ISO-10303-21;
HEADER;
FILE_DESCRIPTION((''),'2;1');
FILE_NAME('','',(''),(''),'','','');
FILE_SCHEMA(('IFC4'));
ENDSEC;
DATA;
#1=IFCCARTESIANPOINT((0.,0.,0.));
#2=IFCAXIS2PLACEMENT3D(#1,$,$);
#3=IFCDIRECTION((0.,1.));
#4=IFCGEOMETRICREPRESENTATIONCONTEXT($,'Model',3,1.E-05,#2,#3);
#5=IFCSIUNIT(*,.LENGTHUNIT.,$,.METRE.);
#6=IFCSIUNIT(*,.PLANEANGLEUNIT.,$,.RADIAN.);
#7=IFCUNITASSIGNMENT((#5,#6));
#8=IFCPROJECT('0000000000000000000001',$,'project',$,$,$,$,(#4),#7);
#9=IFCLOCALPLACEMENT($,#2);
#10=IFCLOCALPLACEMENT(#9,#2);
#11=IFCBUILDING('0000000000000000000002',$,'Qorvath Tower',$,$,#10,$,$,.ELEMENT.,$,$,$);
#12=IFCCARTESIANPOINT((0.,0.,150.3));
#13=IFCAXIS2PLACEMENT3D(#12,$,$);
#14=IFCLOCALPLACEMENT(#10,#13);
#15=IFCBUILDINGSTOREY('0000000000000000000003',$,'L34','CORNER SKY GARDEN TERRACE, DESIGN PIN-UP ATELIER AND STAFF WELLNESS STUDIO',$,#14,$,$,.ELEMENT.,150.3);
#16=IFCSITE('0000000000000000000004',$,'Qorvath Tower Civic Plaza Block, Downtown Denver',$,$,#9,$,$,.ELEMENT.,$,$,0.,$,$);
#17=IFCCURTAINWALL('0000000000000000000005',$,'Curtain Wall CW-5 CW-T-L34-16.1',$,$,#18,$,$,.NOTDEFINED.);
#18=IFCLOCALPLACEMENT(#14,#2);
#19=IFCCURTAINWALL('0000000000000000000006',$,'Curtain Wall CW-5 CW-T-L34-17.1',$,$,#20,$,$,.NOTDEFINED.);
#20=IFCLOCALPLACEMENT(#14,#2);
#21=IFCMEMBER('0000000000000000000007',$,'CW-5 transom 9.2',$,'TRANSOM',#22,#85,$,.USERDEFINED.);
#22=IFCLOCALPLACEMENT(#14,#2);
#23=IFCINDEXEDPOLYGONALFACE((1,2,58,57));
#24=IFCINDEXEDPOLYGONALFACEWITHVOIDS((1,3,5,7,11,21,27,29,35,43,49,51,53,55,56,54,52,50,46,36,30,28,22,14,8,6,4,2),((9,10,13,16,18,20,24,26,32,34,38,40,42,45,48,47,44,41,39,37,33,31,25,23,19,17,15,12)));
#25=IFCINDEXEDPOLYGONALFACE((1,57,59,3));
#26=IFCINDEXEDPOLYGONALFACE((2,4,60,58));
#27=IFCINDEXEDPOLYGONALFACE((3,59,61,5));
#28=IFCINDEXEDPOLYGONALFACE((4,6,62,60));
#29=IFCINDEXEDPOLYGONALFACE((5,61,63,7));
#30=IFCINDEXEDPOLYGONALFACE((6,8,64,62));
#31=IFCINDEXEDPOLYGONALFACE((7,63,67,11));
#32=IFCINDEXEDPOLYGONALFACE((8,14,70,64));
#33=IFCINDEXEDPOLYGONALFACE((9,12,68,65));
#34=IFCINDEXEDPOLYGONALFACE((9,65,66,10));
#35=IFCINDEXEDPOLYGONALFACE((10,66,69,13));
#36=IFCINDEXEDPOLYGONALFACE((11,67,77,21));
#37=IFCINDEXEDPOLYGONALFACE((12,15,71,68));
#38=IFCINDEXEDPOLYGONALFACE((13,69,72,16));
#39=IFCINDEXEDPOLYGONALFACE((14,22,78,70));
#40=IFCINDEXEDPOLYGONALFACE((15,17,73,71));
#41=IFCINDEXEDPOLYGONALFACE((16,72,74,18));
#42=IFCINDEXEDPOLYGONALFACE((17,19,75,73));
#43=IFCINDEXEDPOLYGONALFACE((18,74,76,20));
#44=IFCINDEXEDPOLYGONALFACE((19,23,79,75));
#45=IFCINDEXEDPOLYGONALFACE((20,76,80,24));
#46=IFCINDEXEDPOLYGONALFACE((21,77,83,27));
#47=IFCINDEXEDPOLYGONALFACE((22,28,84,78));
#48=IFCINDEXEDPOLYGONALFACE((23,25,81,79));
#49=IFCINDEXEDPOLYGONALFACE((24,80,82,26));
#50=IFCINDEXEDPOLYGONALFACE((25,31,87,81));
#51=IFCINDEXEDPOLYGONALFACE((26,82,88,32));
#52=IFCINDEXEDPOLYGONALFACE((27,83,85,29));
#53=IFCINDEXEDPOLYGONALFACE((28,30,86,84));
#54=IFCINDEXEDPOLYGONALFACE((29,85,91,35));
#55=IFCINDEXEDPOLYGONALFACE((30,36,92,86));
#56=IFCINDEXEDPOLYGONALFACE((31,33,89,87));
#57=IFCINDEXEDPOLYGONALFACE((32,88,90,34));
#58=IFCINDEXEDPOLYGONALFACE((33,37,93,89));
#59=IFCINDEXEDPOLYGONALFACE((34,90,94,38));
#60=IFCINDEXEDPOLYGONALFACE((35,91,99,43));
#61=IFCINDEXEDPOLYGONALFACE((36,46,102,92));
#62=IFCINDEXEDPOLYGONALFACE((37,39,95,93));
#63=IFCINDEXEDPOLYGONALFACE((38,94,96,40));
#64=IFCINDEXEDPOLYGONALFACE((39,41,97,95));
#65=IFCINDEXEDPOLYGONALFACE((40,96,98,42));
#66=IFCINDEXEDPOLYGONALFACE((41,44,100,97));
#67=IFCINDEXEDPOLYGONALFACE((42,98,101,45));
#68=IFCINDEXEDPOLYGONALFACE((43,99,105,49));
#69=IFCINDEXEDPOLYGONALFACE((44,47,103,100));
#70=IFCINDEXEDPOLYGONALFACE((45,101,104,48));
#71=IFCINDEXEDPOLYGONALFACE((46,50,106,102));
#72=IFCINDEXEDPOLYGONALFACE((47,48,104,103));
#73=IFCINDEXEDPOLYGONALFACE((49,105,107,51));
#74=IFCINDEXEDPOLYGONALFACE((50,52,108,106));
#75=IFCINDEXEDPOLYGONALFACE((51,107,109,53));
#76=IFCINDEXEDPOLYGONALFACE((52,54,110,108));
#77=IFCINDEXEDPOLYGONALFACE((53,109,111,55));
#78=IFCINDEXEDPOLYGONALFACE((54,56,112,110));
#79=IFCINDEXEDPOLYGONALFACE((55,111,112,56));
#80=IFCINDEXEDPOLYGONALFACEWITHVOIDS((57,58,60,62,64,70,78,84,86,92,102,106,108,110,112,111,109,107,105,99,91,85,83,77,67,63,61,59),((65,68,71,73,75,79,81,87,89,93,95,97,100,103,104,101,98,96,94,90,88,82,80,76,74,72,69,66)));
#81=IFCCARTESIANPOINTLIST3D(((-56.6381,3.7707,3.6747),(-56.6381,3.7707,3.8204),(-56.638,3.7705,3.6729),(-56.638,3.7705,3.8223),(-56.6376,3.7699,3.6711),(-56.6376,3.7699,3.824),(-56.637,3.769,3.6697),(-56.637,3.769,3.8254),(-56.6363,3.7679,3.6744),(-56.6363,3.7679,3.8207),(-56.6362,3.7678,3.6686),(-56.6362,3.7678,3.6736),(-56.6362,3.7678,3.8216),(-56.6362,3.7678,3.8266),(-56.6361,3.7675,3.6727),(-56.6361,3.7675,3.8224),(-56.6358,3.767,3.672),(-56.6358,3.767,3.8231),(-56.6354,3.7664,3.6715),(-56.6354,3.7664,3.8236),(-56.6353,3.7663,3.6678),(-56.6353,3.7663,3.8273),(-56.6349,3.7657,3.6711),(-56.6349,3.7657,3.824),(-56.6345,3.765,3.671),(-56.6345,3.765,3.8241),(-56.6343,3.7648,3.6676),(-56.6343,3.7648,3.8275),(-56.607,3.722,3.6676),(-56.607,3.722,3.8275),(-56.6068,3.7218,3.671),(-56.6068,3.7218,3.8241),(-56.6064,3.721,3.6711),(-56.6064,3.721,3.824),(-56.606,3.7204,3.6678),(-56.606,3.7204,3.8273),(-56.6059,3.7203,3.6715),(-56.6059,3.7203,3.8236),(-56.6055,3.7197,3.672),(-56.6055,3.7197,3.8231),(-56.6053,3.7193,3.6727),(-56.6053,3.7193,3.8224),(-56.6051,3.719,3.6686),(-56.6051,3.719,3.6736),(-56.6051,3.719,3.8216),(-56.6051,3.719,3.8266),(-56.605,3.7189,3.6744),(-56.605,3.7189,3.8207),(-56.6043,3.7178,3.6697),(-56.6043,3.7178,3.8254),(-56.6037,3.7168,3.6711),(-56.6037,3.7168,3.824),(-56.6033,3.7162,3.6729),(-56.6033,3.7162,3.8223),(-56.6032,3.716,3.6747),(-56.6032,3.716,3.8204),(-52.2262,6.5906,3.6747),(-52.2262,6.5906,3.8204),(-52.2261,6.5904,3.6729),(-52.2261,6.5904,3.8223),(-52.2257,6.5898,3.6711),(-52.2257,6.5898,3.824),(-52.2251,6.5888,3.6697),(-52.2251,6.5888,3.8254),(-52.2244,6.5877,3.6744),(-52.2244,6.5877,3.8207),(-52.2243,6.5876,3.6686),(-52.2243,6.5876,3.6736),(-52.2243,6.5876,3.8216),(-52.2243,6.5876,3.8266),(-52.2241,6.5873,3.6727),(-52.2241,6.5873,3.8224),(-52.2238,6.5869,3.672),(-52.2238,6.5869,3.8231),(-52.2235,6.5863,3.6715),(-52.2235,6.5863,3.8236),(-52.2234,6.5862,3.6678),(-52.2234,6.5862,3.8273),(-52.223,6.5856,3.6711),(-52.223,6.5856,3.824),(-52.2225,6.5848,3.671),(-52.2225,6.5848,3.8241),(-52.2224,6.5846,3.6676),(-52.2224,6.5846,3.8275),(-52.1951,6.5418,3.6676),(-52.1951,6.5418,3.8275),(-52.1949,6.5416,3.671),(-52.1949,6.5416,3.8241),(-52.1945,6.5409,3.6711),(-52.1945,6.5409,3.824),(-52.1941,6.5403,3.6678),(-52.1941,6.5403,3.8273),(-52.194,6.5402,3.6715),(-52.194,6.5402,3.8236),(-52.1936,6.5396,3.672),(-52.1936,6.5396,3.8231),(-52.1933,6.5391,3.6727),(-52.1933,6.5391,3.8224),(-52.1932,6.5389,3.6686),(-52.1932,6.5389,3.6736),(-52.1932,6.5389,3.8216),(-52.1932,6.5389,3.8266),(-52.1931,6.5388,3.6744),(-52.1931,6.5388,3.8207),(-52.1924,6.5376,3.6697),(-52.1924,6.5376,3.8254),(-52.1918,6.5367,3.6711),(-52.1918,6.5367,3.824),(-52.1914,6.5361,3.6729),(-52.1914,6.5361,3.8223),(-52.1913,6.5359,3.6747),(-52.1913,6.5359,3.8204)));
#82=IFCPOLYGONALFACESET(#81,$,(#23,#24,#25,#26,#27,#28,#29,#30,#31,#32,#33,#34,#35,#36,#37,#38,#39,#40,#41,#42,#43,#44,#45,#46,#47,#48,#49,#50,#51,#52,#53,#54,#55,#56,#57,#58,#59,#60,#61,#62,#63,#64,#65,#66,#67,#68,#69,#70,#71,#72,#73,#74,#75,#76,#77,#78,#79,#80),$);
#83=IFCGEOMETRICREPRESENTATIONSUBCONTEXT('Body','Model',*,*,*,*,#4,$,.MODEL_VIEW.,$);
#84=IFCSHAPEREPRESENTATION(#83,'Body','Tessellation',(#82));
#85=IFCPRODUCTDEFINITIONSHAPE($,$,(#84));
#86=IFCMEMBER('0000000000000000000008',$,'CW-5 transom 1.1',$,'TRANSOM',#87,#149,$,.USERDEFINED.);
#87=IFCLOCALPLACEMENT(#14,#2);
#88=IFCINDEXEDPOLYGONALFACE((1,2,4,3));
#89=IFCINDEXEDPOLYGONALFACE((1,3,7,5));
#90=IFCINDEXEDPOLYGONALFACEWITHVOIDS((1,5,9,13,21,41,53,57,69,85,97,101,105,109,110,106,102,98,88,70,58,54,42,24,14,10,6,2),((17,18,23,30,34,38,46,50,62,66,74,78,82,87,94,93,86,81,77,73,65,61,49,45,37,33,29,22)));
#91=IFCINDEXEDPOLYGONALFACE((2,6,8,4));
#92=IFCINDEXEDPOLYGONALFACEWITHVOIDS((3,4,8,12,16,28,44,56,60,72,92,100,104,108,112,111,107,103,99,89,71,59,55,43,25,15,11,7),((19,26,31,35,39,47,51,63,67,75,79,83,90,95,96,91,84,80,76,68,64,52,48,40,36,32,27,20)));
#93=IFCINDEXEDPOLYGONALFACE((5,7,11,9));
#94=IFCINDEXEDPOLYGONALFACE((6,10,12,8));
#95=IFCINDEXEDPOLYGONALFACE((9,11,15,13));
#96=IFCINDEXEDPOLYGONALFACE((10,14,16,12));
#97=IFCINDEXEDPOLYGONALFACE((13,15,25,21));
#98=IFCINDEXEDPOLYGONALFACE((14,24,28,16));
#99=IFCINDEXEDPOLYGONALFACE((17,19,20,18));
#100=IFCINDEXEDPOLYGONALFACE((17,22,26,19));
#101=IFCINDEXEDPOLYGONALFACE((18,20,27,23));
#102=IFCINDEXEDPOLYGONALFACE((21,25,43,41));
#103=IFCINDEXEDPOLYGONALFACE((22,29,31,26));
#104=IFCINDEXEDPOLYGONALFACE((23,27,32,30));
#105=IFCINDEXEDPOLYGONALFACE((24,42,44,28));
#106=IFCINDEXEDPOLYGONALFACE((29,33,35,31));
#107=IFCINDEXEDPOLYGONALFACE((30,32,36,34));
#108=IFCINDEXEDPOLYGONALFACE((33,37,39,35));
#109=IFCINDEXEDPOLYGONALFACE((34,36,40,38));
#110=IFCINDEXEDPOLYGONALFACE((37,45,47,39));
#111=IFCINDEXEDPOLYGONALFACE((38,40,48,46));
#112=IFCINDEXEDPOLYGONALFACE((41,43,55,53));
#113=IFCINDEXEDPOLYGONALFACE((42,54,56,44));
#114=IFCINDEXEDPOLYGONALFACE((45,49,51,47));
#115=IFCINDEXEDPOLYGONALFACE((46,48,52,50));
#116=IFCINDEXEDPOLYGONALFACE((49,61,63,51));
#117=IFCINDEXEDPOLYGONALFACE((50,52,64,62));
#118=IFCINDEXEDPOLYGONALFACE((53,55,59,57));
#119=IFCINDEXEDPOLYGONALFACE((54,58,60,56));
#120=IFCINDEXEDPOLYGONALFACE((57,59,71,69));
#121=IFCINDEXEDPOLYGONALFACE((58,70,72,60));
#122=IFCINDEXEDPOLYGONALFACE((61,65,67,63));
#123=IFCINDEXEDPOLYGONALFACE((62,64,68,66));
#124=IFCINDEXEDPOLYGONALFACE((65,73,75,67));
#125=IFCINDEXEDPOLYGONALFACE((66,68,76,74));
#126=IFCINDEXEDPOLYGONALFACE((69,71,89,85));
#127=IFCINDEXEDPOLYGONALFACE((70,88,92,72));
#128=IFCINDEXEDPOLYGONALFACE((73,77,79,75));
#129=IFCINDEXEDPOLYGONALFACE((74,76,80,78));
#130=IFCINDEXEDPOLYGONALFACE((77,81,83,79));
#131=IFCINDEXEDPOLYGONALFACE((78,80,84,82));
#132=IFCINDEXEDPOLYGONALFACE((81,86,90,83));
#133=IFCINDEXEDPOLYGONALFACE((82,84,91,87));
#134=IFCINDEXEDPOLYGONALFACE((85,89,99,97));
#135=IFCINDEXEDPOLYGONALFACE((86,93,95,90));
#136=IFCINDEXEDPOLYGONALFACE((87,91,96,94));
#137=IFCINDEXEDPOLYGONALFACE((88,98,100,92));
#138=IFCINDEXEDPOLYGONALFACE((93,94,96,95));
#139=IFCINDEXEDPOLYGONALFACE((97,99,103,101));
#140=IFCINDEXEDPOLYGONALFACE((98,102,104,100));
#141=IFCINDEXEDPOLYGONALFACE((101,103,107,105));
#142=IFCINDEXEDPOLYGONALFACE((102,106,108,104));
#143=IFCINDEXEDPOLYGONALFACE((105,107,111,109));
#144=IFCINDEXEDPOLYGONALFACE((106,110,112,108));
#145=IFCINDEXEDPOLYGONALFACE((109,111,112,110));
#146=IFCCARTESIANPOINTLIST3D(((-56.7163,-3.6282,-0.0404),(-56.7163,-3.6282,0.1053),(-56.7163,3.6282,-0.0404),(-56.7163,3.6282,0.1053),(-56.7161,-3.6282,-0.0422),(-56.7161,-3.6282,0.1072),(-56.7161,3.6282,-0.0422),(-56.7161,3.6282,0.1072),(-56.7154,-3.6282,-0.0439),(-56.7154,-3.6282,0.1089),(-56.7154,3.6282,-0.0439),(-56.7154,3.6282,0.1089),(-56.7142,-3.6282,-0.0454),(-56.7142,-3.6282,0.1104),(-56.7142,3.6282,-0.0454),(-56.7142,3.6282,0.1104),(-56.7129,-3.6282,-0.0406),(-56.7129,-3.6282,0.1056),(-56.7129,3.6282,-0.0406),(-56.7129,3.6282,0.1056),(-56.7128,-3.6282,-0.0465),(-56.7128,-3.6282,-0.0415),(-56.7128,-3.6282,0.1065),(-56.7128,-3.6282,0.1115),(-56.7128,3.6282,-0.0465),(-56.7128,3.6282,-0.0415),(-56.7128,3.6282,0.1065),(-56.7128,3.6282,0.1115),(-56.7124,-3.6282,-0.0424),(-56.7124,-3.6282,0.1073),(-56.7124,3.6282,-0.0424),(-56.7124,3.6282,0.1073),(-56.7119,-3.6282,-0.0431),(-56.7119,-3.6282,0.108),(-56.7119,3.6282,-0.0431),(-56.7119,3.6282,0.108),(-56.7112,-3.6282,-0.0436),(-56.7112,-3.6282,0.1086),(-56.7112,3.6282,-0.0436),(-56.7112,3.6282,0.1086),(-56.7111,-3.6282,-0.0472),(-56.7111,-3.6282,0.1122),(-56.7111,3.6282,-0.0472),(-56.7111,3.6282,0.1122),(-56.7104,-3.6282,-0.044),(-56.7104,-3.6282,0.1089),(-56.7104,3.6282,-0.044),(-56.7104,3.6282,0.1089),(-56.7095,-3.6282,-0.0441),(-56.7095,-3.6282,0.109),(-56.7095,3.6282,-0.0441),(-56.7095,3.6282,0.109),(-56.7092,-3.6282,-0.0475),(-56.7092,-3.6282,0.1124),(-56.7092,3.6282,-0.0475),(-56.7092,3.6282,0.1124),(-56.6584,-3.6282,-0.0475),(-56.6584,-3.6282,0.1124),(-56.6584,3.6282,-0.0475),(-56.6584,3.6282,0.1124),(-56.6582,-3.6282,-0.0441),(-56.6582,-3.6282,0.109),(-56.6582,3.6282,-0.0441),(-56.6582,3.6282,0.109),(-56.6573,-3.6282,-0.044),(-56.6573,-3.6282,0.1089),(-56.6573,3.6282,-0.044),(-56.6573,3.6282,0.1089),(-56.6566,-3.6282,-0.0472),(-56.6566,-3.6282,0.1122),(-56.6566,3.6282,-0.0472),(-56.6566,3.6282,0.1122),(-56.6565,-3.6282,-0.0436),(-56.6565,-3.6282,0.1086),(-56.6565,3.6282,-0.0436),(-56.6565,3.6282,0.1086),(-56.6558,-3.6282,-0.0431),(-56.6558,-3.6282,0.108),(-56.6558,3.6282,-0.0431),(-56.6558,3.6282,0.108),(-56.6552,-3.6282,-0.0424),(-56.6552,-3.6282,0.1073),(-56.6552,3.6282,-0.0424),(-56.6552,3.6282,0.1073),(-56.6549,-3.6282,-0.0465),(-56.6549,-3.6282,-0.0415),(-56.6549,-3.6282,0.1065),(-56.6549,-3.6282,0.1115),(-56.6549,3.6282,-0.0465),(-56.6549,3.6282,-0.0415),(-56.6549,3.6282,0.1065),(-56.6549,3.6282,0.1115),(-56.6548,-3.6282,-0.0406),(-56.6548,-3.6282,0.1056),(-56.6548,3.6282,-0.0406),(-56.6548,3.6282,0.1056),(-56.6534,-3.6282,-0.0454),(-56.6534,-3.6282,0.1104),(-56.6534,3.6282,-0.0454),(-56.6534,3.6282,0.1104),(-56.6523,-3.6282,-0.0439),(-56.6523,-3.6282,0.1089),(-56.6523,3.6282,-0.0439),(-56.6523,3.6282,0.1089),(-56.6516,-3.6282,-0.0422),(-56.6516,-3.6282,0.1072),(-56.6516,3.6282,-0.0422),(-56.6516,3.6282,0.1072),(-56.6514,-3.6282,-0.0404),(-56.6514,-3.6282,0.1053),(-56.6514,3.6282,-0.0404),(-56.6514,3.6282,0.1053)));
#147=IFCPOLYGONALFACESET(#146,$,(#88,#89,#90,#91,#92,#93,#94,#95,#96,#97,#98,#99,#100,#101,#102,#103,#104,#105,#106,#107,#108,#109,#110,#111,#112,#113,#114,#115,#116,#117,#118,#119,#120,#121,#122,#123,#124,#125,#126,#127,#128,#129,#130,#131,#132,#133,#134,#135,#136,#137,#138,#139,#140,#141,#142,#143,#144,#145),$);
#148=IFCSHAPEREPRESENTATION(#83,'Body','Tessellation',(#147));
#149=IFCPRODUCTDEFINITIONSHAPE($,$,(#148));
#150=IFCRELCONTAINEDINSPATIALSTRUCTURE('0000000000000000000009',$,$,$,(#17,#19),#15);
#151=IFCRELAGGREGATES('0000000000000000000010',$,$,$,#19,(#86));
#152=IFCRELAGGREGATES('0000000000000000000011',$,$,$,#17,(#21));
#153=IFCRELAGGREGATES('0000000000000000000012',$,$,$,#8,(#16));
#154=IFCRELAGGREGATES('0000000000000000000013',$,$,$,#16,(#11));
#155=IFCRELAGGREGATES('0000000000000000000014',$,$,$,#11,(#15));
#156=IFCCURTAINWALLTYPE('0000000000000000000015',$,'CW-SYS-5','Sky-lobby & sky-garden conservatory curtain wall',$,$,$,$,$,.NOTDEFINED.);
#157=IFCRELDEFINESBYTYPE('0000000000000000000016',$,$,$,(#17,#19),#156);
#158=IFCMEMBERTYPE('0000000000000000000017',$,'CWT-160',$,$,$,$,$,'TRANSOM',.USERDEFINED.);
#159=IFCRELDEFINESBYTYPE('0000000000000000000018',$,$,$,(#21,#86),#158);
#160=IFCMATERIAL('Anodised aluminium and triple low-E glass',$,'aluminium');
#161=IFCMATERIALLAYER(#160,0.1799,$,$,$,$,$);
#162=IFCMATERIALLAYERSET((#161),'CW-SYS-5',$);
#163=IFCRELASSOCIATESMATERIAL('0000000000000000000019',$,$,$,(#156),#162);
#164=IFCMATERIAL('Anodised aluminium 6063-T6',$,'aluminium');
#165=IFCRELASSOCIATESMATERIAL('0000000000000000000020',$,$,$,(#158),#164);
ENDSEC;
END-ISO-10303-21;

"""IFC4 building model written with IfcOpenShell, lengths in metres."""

from ifc_helpers import new_model, si_unit, direction, frame, origin, origin_2d, place, context, subcontext, project, spatial, hollow_rectangle, extrude, material, layer, layer_set, material_profile, profile_set, type_object, element, aggregate, save


model = new_model("IFC4")

# Units and contexts
model_context = context("Model", 3, precision=1e-05, world=origin(), true_north=direction((0.0, 1.0)))
body_context = subcontext(model_context, "Body", "Model", "MODEL_VIEW")
ifc_project = project(units=[si_unit("LENGTHUNIT", "METRE"), si_unit("PLANEANGLEUNIT", "RADIAN")], contexts=[model_context])

# Site, building, storey
site_placement = place(None, origin())
site = spatial("IfcSite", under=ifc_project, at=site_placement, Name="Qorvath Tower Civic Plaza Block, Downtown Denver", CompositionType="ELEMENT", RefElevation=0.0)
building_placement = place(site_placement, origin())
building = spatial("IfcBuilding", under=site, at=building_placement, Name="Qorvath Tower", CompositionType="ELEMENT")
storey_placement = place(building_placement, frame((0.0, 0.0, 150.3)))
storey = spatial("IfcBuildingStorey", under=building, at=storey_placement, Name="L34", Description="CORNER SKY GARDEN TERRACE, DESIGN PIN-UP ATELIER AND STAFF WELLNESS STUDIO", CompositionType="ELEMENT", Elevation=150.3)

# Curtain wall
ifc_material_1 = material(Name="Anodised aluminium and triple low-E glass", Category="aluminium")
ifc_layer_1 = layer(ifc_material_1, 0.1799)
ifc_layer_set_1 = layer_set([ifc_layer_1], Name="CW-SYS-5")
curtain_wall_type = type_object("IfcCurtainWallType", Name="CW-SYS-5", Description="Sky-lobby & sky-garden conservatory curtain wall", PredefinedType="NOTDEFINED", material=ifc_layer_set_1)
curtain_wall_1_placement = place(storey_placement, origin())
curtain_wall_1 = element("IfcCurtainWall", 1, at=curtain_wall_1_placement, inside=storey, type_object=curtain_wall_type, Name="Curtain Wall CW-5 CW-T-L34-16.1", PredefinedType="NOTDEFINED")

# Curtain wall
curtain_wall_2_placement = place(storey_placement, origin())
curtain_wall_2 = element("IfcCurtainWall", 2, at=curtain_wall_2_placement, inside=storey, type_object=curtain_wall_type, Name="Curtain Wall CW-5 CW-T-L34-17.1", PredefinedType="NOTDEFINED")

# Members
ifc_material_2 = material(Name="Anodised aluminium 6063-T6", Category="aluminium")
ifc_material_profile_1 = material_profile(ifc_material_2, hollow_rectangle(XDim=0.0649, YDim=0.1599, WallThickness=0.0034, InnerFilletRadius=0.0034, OuterFilletRadius=0.0071, at=origin_2d()), Name="CWT 160x65")
ifc_profile_set_1 = profile_set([ifc_material_profile_1], Name="Anodised aluminium 6063-T6")
member_type_1 = type_object("IfcMemberType", Name="CWT-160", ElementType="TRANSOM", PredefinedType="USERDEFINED", material=ifc_profile_set_1)
member_1_placement = place(storey_placement, frame((-52.2087, 6.5632, 3.7476), z_axis=(-0.842598, -0.538543, 0.0), x_axis=(0.538543, -0.842598, 0.0)))
member_1 = element("IfcMember", 3, at=member_1_placement, type_object=member_type_1, Name="CW-5 transom 9.2", ObjectType="TRANSOM", PredefinedType="USERDEFINED", context=body_context, shape_type="SweptSolid", body=[
    extrude(hollow_rectangle(XDim=0.0649, YDim=0.1599, WallThickness=0.0034, InnerFilletRadius=0.0034, OuterFilletRadius=0.0071, at=origin_2d()), origin(), (0.0, 0.0, 1.0), 5.2361),
])
member_2_placement = place(storey_placement, frame((-56.6838, 3.6282, 0.0325), z_axis=(0.0, -1.0, 0.0), x_axis=(1.0, 0.0, 0.0)))
member_2 = element("IfcMember", 4, at=member_2_placement, type_object=member_type_1, Name="CW-5 transom 1.1", ObjectType="TRANSOM", PredefinedType="USERDEFINED", context=body_context, shape_type="SweptSolid", body=[
    extrude(hollow_rectangle(XDim=0.0649, YDim=0.1599, WallThickness=0.0034, InnerFilletRadius=0.0034, OuterFilletRadius=0.0071, at=origin_2d()), origin(), (0.0, 0.0, 1.0), 7.2563),
])
aggregate(curtain_wall_2, [member_2])

aggregate(curtain_wall_1, [member_1])

save(model, "model.ifc")
